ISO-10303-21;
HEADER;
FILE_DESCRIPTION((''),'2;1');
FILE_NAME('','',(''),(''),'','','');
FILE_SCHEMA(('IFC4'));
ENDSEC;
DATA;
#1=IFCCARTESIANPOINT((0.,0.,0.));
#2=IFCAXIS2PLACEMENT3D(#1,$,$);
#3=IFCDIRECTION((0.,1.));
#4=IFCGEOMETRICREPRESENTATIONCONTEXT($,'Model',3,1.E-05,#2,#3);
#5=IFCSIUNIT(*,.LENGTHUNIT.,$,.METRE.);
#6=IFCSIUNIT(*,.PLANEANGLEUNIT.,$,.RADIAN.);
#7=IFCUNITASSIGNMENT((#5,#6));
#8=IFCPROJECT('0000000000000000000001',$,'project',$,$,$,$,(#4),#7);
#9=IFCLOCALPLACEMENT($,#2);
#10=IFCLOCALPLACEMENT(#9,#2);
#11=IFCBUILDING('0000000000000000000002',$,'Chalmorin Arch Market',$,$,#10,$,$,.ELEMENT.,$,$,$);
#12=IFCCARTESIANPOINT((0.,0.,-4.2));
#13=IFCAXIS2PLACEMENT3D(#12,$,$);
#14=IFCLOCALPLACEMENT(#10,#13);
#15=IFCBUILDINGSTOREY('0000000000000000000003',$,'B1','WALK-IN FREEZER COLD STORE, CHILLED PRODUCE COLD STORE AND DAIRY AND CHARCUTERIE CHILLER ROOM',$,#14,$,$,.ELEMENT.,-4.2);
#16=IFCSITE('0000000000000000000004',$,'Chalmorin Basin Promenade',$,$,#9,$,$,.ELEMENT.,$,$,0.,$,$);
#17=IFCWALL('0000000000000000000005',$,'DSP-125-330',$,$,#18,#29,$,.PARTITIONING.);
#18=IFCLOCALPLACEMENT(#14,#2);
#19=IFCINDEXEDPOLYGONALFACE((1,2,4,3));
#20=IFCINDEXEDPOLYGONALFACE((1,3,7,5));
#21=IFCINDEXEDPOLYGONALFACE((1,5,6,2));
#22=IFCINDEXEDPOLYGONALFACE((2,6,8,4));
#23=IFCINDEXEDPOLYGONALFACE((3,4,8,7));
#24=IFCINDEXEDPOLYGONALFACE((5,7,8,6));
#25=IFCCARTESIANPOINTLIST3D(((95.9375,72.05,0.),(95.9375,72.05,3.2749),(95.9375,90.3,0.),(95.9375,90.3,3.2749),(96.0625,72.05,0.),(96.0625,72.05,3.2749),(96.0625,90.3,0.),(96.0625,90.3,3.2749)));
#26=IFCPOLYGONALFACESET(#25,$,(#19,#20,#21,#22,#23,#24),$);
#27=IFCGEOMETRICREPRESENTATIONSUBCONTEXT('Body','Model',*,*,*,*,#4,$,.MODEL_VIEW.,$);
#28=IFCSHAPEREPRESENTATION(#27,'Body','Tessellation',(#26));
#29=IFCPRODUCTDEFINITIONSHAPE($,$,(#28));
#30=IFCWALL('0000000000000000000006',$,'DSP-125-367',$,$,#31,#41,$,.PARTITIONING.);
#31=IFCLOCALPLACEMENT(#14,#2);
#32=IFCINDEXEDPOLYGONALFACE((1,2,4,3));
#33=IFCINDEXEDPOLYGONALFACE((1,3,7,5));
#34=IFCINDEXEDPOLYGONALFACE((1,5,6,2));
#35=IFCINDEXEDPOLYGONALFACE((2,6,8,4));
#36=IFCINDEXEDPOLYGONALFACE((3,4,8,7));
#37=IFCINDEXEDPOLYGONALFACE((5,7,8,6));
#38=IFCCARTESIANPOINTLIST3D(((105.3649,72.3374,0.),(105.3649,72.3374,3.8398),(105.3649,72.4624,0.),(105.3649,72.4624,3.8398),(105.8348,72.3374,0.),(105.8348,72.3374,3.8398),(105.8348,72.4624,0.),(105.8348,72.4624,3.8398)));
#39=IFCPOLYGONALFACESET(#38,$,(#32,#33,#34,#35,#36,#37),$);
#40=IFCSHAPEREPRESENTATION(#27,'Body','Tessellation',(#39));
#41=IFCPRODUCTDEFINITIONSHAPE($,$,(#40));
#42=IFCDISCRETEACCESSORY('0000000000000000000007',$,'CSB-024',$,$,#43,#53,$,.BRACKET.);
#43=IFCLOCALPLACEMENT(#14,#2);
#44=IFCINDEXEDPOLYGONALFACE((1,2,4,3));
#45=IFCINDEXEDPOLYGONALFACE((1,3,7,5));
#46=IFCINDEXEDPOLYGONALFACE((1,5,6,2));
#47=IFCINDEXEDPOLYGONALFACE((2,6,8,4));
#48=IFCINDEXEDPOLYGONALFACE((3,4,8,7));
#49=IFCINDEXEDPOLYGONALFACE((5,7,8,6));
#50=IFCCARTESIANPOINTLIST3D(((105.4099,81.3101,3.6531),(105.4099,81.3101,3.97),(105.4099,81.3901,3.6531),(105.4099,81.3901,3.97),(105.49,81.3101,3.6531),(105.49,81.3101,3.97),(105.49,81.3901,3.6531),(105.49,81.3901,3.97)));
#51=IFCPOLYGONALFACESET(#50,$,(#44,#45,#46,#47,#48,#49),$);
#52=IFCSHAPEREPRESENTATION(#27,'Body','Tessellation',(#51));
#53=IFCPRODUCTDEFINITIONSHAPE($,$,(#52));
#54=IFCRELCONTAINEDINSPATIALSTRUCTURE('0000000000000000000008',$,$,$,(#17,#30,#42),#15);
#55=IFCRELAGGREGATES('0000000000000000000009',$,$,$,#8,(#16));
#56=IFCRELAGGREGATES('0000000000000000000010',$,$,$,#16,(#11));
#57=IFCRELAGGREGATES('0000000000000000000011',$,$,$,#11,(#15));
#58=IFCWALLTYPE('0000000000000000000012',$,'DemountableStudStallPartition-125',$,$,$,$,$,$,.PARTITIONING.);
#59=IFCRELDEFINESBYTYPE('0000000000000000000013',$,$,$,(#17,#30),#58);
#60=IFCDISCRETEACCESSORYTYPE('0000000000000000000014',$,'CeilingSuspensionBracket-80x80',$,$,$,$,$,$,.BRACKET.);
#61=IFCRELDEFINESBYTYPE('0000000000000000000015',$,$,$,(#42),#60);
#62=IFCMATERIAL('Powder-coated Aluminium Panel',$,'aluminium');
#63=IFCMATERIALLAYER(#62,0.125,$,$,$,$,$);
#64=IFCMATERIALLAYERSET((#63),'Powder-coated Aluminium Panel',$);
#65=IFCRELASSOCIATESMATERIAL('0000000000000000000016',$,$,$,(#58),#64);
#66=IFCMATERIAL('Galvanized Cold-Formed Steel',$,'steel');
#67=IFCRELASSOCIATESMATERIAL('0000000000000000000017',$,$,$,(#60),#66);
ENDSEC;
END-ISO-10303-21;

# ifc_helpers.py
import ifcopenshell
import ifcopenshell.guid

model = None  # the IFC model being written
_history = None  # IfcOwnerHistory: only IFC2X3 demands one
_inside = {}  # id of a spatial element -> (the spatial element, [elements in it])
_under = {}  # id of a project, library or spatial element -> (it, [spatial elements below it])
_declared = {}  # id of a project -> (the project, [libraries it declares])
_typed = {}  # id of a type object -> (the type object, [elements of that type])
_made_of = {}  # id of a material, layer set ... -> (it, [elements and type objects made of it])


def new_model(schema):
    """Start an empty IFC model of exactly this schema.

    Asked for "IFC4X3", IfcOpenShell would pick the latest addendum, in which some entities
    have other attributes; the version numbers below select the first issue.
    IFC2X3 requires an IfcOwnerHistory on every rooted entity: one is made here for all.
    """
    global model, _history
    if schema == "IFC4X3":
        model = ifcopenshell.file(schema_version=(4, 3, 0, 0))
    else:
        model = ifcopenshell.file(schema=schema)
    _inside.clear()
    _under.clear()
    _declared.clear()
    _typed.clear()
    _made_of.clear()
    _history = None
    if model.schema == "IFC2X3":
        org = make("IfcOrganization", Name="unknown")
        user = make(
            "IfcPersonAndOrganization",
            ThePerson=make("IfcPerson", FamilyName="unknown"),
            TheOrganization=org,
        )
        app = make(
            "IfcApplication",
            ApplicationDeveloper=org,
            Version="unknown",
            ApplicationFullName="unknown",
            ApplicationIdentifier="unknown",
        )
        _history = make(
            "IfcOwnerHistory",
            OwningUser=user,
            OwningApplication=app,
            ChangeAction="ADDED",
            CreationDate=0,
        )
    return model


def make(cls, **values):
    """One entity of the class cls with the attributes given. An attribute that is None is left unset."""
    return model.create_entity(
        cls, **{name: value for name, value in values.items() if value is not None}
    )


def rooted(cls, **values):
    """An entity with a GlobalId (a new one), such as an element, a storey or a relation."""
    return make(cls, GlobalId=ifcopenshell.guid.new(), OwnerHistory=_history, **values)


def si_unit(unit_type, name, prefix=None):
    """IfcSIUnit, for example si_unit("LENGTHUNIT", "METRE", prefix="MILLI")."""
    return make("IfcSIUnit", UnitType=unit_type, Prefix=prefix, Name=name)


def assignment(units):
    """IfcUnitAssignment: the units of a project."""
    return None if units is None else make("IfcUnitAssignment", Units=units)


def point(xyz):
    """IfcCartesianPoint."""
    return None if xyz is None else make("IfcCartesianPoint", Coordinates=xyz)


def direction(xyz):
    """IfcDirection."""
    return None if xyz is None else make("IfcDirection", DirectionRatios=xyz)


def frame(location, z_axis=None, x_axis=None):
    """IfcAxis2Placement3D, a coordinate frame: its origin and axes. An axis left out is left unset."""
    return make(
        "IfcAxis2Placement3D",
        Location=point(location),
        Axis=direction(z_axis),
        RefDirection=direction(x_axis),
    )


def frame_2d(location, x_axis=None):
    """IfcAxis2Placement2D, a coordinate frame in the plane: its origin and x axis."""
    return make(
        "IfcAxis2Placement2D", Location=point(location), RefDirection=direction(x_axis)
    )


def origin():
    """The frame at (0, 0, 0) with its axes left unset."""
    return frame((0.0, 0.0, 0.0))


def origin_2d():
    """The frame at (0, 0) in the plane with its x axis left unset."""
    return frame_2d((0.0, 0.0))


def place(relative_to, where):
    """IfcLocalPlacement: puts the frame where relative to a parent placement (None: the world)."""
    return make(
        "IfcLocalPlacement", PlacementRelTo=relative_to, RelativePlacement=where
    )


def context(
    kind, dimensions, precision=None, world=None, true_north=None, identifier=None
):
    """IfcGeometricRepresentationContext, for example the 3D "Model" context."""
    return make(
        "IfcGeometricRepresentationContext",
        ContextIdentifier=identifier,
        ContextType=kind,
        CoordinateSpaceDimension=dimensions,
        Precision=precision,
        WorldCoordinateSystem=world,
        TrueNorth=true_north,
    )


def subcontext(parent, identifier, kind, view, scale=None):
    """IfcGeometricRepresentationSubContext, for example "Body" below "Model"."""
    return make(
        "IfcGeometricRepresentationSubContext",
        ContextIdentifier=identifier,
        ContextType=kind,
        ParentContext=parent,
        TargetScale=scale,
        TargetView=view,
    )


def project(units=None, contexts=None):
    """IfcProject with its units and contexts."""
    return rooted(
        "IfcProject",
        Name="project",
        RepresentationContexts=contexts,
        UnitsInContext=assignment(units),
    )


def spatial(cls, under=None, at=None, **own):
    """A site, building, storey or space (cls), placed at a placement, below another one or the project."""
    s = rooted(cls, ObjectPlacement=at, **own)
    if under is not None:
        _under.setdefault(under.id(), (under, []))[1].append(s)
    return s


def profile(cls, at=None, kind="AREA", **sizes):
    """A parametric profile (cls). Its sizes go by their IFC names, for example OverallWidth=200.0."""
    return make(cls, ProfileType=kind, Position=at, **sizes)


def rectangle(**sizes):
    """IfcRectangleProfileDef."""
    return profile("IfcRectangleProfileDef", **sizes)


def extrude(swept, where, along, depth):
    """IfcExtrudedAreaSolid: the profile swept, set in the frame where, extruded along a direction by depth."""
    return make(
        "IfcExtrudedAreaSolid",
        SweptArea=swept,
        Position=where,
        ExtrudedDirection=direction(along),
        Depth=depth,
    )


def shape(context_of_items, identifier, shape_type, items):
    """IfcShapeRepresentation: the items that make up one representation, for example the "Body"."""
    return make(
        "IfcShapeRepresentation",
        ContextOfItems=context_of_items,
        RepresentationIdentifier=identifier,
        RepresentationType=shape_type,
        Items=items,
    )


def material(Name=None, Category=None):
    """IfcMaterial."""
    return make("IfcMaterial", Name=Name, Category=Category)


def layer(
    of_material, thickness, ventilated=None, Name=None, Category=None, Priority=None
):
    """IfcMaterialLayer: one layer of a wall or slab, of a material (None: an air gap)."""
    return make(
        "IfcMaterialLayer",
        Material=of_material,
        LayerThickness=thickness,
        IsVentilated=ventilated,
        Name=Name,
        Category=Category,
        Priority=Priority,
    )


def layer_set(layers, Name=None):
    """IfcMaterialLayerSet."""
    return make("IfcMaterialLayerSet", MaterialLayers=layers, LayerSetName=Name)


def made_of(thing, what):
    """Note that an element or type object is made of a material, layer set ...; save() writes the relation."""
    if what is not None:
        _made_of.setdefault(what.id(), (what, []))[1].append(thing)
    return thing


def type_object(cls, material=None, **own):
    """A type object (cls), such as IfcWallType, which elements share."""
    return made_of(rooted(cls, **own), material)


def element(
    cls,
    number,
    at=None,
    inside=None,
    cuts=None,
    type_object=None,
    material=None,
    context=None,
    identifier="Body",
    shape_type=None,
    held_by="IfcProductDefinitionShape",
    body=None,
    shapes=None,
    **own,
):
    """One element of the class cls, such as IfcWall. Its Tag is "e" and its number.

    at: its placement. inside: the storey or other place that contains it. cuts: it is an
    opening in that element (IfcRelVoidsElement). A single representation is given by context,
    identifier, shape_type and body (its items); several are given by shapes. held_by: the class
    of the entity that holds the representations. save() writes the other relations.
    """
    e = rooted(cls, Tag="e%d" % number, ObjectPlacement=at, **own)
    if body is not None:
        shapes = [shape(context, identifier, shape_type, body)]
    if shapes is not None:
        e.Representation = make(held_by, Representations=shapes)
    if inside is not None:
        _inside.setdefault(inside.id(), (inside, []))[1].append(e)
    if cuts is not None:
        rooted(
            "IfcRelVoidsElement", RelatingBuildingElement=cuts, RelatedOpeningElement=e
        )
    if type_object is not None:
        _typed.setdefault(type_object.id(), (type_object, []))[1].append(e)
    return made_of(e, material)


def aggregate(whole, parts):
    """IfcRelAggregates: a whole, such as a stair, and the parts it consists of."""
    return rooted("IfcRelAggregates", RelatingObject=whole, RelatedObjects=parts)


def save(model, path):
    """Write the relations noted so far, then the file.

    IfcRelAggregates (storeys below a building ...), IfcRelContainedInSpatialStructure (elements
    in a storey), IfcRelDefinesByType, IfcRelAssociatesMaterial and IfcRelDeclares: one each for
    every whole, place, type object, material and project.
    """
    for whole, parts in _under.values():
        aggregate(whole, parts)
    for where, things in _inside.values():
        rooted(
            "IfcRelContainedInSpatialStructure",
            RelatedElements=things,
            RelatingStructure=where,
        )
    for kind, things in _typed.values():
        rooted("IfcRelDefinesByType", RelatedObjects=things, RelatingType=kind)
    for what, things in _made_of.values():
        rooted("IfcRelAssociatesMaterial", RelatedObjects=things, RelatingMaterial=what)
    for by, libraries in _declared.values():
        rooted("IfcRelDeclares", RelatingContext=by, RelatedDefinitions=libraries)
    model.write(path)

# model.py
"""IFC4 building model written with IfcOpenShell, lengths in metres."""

from ifc_helpers import new_model, si_unit, direction, frame, frame_2d, origin, origin_2d, place, context, subcontext, project, spatial, rectangle, extrude, material, layer, layer_set, type_object, element, save


model = new_model("IFC4")

# Units and contexts
model_context = context("Model", 3, precision=1e-05, world=origin(), true_north=direction((0.0, 1.0)))
body_context = subcontext(model_context, "Body", "Model", "MODEL_VIEW")
ifc_project = project(units=[si_unit("LENGTHUNIT", "METRE"), si_unit("PLANEANGLEUNIT", "RADIAN")], contexts=[model_context])

# Site, building, storey
site_placement = place(None, origin())
site = spatial("IfcSite", under=ifc_project, at=site_placement, Name="Chalmorin Basin Promenade", CompositionType="ELEMENT", RefElevation=0.0)
building_placement = place(site_placement, origin())
building = spatial("IfcBuilding", under=site, at=building_placement, Name="Chalmorin Arch Market", CompositionType="ELEMENT")
storey_placement = place(building_placement, frame((0.0, 0.0, -4.2)))
storey = spatial("IfcBuildingStorey", under=building, at=storey_placement, Name="B1", Description="WALK-IN FREEZER COLD STORE, CHILLED PRODUCE COLD STORE AND DAIRY AND CHARCUTERIE CHILLER ROOM", CompositionType="ELEMENT", Elevation=-4.2)

# Walls
ifc_material_1 = material(Name="Powder-coated Aluminium Panel", Category="aluminium")
ifc_layer_1 = layer(ifc_material_1, 0.125)
ifc_layer_set_1 = layer_set([ifc_layer_1], Name="Powder-coated Aluminium Panel")
wall_type_1 = type_object("IfcWallType", Name="DemountableStudStallPartition-125", PredefinedType="PARTITIONING", material=ifc_layer_set_1)
wall_1_placement = place(storey_placement, frame((96.0, 72.05, 0.0), z_axis=(0.0, 0.0, 1.0), x_axis=(0.0, 1.0, 0.0)))
element("IfcWall", 1, at=wall_1_placement, inside=storey, type_object=wall_type_1, Name="DSP-125-330", PredefinedType="PARTITIONING", context=body_context, shape_type="SweptSolid", body=[
    extrude(rectangle(XDim=18.25, YDim=0.125, at=frame_2d((9.125, 0.0))), origin(), (0.0, 0.0, 1.0), 3.2749),
])
wall_2_placement = place(storey_placement, frame((105.365, 72.3999, 0.0), z_axis=(0.0, 0.0, 1.0), x_axis=(1.0, 0.0, 0.0)))
element("IfcWall", 2, at=wall_2_placement, inside=storey, type_object=wall_type_1, Name="DSP-125-367", PredefinedType="PARTITIONING", context=body_context, shape_type="SweptSolid", body=[
    extrude(rectangle(XDim=0.47, YDim=0.125, at=frame_2d((0.2349, 0.0))), origin(), (0.0, 0.0, 1.0), 3.8398),
])

# Discrete accessory
ifc_material_2 = material(Name="Galvanized Cold-Formed Steel", Category="steel")
discrete_accessory_type = type_object("IfcDiscreteAccessoryType", Name="CeilingSuspensionBracket-80x80", PredefinedType="BRACKET", material=ifc_material_2)
discrete_accessory_placement = place(storey_placement, frame((105.45, 81.3501, 3.6531), z_axis=(0.0, 0.0, 1.0), x_axis=(1.0, 0.0, 0.0)))
element("IfcDiscreteAccessory", 3, at=discrete_accessory_placement, inside=storey, type_object=discrete_accessory_type, Name="CSB-024", PredefinedType="BRACKET", context=body_context, shape_type="SweptSolid", body=[
    extrude(rectangle(XDim=0.0801, YDim=0.0801, at=origin_2d()), origin(), (0.0, 0.0, 1.0), 0.3169),
])

save(model, "model.ifc")
